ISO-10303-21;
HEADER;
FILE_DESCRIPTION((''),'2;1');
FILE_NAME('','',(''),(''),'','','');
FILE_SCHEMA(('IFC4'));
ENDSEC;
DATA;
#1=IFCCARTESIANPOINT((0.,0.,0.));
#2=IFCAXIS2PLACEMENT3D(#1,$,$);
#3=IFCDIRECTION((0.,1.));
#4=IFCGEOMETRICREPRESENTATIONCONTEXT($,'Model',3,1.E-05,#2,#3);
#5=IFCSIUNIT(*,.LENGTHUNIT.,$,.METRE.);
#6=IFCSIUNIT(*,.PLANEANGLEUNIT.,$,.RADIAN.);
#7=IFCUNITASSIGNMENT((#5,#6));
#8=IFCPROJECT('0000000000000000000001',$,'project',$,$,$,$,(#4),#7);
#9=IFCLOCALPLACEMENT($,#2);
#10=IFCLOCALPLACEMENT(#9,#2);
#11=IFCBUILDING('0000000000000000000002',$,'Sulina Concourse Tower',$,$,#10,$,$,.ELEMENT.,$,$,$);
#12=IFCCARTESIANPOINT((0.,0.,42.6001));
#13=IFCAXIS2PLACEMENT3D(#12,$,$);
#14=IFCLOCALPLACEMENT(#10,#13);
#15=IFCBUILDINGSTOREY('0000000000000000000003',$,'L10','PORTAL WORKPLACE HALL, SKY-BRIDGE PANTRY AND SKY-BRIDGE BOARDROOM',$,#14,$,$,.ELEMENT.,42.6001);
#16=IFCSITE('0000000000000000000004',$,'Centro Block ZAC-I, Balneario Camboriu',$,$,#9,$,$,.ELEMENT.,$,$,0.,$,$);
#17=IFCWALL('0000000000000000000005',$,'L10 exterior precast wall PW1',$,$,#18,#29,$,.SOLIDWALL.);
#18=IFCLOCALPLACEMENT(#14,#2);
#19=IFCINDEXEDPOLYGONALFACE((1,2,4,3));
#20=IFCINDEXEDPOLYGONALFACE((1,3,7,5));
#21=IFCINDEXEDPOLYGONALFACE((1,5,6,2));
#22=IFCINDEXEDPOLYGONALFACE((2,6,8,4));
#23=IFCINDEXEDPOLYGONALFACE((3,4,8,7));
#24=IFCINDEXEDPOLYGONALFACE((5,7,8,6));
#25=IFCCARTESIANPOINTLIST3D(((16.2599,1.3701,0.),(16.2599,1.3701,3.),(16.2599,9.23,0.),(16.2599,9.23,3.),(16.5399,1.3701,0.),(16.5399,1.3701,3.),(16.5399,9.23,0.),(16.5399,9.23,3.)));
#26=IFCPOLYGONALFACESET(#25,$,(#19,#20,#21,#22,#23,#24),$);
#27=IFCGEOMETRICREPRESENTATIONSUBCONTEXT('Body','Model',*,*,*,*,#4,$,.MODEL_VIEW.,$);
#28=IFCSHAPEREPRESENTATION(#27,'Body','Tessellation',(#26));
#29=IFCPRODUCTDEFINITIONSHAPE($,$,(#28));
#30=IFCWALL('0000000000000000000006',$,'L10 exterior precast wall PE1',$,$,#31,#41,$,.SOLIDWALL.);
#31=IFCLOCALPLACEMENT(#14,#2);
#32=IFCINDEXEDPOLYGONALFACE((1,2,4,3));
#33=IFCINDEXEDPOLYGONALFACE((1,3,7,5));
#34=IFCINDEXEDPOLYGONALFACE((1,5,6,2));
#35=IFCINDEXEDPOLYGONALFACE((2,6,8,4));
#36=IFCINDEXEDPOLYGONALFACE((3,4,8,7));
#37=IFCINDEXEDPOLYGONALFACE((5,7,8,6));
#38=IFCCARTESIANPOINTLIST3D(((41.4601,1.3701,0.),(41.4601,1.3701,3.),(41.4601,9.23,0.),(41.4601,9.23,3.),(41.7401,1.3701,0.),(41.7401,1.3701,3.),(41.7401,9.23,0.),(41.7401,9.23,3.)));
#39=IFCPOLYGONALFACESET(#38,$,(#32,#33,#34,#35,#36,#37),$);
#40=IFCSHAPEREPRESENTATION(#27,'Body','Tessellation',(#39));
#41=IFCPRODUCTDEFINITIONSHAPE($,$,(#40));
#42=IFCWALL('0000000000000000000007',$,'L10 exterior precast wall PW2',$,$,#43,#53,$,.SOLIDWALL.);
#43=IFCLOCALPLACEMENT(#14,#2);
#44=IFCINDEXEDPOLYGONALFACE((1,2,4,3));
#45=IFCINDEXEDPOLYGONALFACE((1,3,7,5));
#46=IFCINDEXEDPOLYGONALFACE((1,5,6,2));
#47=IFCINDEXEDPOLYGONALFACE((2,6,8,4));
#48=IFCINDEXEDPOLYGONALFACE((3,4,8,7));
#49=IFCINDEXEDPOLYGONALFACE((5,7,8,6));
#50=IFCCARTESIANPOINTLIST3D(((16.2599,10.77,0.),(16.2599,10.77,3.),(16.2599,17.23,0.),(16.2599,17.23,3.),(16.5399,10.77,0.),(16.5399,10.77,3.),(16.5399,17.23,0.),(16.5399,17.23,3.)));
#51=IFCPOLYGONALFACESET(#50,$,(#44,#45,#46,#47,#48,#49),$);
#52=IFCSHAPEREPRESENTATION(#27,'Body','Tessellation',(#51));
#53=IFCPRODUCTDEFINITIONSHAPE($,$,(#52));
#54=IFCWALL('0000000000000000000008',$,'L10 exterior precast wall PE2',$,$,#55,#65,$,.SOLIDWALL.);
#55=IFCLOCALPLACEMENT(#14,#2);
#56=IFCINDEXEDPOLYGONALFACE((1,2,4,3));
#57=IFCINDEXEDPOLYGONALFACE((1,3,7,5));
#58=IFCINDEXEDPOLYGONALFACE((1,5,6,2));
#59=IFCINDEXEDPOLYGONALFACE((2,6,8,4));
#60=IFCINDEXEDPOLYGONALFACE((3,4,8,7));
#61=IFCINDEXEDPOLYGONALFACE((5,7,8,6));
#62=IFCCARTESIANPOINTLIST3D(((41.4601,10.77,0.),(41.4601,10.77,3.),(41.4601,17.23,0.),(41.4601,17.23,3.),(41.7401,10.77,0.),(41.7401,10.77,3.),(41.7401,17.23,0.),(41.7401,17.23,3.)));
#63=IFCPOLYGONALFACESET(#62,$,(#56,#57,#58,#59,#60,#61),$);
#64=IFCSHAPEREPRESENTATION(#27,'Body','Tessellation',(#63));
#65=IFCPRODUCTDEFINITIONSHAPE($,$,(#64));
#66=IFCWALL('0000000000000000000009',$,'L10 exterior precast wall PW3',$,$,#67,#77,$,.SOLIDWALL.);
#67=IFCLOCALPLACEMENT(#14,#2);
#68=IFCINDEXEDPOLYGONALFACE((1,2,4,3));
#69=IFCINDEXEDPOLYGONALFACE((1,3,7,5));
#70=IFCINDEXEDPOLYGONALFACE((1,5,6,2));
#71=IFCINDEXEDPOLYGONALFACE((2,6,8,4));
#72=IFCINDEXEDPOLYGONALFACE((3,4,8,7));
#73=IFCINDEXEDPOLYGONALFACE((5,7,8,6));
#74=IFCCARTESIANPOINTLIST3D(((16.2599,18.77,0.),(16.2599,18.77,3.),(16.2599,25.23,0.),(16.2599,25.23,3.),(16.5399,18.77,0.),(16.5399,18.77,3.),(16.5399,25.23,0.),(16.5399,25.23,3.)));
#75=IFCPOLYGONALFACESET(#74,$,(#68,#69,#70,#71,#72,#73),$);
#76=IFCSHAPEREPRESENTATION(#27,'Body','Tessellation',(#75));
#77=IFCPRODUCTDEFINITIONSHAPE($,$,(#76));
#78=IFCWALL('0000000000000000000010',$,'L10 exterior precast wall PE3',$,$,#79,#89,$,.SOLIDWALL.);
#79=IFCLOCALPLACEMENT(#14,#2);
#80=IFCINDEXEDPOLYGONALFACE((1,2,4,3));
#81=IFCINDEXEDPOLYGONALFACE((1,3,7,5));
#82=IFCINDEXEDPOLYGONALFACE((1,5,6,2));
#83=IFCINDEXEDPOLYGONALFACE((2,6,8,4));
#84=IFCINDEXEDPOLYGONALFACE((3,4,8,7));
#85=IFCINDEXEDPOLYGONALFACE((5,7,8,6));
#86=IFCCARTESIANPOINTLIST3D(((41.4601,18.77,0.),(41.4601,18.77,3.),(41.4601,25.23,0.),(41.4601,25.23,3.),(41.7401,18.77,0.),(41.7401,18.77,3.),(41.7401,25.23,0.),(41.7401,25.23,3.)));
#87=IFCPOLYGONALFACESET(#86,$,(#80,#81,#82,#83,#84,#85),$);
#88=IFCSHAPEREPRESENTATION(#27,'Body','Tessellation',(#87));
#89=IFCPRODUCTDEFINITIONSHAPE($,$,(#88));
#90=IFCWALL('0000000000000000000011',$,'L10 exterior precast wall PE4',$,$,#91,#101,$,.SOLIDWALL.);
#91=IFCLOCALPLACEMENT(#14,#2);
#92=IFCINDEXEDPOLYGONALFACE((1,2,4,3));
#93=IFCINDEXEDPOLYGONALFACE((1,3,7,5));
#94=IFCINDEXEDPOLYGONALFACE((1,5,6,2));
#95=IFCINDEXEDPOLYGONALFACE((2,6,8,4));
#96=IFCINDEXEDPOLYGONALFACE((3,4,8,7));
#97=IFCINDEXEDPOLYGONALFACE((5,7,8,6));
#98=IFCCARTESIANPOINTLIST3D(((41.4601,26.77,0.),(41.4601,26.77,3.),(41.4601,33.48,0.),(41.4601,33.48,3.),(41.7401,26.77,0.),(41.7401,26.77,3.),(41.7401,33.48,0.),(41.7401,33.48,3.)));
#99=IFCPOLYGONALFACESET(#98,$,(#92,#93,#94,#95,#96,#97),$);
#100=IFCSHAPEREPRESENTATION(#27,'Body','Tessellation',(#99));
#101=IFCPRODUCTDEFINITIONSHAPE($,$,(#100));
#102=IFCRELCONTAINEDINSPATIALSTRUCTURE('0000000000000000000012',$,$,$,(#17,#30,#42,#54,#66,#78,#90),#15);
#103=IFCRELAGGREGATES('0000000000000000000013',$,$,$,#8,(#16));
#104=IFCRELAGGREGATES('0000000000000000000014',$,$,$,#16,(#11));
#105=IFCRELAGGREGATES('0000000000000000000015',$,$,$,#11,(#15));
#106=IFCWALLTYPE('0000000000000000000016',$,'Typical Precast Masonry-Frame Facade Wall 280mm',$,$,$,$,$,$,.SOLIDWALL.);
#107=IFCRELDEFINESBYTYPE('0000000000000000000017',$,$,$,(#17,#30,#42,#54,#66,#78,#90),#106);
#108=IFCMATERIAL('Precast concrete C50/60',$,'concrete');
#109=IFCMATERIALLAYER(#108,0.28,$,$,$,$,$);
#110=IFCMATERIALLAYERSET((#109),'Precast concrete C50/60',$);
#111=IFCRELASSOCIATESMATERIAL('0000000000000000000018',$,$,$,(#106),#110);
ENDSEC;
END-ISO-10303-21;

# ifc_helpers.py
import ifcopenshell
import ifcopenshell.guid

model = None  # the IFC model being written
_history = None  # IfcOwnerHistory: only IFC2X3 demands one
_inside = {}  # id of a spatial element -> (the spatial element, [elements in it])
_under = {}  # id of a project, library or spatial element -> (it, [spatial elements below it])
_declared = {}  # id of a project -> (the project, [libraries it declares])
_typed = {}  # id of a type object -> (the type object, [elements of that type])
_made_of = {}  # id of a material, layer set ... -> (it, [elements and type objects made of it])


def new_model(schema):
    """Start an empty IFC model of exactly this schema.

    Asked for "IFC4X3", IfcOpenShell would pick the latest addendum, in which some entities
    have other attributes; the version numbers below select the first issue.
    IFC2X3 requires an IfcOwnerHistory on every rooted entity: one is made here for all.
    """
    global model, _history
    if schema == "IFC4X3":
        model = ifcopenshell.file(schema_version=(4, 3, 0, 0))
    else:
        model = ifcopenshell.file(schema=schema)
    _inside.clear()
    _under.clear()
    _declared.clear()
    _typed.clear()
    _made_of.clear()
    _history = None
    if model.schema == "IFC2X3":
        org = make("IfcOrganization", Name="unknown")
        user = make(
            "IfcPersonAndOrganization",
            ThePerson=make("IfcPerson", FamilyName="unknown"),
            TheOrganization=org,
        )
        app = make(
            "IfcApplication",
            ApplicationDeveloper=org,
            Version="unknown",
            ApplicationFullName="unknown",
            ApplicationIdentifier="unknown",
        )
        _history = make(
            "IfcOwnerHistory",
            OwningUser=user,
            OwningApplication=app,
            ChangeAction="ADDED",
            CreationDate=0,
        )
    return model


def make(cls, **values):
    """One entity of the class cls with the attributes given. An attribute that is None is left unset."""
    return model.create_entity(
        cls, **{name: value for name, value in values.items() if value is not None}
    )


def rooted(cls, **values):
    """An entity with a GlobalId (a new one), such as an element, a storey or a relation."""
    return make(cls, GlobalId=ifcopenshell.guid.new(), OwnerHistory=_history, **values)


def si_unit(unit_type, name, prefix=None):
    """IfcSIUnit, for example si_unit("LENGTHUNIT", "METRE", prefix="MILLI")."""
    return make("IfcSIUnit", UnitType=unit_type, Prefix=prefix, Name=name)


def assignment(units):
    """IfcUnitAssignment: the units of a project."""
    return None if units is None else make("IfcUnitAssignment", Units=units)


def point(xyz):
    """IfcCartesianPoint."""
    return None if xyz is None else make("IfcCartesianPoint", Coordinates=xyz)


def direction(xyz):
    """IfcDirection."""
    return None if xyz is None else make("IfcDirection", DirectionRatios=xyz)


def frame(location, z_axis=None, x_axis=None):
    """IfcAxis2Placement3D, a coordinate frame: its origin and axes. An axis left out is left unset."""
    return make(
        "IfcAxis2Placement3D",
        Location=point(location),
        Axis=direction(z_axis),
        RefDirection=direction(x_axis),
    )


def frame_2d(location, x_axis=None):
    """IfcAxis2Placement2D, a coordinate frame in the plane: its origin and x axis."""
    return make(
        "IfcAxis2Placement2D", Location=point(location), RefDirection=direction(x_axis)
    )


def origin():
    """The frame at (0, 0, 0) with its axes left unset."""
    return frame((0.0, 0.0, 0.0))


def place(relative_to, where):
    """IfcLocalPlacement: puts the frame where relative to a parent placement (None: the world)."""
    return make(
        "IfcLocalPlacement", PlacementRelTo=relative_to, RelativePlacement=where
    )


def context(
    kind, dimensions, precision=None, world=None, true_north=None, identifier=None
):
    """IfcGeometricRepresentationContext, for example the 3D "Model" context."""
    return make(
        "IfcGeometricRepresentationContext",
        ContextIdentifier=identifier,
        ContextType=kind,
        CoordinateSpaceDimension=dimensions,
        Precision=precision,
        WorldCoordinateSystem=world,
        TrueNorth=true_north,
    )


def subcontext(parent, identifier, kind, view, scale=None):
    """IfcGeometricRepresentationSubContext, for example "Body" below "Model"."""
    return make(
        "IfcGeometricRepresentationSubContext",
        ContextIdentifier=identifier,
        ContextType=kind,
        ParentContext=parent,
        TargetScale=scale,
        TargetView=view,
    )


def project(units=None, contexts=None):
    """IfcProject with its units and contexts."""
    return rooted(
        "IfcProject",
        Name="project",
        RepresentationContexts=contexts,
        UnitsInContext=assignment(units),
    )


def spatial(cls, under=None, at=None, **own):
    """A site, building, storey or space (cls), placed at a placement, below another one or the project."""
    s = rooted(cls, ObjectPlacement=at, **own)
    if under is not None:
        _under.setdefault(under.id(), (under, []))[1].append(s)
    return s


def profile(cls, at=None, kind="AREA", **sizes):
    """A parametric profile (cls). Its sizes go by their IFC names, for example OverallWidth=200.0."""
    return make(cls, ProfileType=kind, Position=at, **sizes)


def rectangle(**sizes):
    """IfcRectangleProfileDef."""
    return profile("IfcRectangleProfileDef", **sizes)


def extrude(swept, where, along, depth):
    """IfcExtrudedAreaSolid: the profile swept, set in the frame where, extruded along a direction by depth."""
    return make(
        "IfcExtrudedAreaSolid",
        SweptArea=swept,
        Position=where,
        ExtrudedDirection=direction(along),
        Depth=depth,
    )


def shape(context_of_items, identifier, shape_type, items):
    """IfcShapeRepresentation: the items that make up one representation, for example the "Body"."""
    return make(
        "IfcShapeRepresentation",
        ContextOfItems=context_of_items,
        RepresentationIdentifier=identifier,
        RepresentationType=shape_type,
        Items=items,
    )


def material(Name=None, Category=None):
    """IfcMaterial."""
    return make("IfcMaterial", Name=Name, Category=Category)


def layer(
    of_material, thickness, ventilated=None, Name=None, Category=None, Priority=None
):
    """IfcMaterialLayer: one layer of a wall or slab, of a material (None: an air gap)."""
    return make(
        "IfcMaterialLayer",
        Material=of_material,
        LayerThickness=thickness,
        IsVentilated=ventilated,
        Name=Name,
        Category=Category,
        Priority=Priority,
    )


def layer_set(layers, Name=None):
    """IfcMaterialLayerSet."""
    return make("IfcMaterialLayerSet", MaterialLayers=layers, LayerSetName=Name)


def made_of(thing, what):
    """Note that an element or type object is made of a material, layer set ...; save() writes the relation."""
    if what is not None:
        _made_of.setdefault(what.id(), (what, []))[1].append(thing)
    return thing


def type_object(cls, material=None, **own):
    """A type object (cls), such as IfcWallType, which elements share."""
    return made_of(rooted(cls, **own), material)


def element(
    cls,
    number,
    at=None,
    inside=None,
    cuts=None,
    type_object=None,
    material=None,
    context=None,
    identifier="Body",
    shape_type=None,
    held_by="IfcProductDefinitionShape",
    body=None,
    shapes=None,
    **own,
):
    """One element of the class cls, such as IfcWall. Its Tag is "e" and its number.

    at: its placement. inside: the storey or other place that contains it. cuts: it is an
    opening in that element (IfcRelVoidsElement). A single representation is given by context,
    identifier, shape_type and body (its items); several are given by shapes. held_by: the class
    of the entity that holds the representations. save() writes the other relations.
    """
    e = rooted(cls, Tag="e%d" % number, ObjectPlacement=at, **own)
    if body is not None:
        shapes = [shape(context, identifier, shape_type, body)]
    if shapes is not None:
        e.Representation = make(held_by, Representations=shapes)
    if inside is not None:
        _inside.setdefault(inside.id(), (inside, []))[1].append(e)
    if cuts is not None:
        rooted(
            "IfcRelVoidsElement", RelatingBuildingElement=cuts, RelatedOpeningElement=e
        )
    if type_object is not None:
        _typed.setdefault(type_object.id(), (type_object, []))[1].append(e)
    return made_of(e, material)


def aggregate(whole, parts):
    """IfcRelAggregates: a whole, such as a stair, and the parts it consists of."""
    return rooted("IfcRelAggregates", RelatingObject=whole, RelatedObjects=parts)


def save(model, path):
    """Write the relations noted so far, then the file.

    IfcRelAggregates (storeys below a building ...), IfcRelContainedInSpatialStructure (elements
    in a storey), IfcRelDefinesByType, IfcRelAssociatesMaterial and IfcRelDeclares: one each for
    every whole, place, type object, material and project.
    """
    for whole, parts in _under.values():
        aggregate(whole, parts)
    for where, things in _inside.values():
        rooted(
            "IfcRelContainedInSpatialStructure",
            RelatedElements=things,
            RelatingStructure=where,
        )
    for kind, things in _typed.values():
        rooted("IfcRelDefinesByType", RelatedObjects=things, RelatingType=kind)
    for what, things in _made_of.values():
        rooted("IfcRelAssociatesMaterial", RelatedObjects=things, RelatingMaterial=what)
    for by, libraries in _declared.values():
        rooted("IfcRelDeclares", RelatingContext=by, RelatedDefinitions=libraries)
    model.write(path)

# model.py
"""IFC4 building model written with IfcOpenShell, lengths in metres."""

from ifc_helpers import new_model, si_unit, direction, frame, frame_2d, origin, place, context, subcontext, project, spatial, rectangle, extrude, material, layer, layer_set, type_object, element, save


model = new_model("IFC4")

# Units and contexts
model_context = context("Model", 3, precision=1e-05, world=origin(), true_north=direction((0.0, 1.0)))
body_context = subcontext(model_context, "Body", "Model", "MODEL_VIEW")
ifc_project = project(units=[si_unit("LENGTHUNIT", "METRE"), si_unit("PLANEANGLEUNIT", "RADIAN")], contexts=[model_context])

# Site, building, storey
site_placement = place(None, origin())
site = spatial("IfcSite", under=ifc_project, at=site_placement, Name="Centro Block ZAC-I, Balneario Camboriu", CompositionType="ELEMENT", RefElevation=0.0)
building_placement = place(site_placement, origin())
building = spatial("IfcBuilding", under=site, at=building_placement, Name="Sulina Concourse Tower", CompositionType="ELEMENT")
storey_placement = place(building_placement, frame((0.0, 0.0, 42.6001)))
storey = spatial("IfcBuildingStorey", under=building, at=storey_placement, Name="L10", Description="PORTAL WORKPLACE HALL, SKY-BRIDGE PANTRY AND SKY-BRIDGE BOARDROOM", CompositionType="ELEMENT", Elevation=42.6001)

# Walls
ifc_material_1 = material(Name="Precast concrete C50/60", Category="concrete")
ifc_layer_1 = layer(ifc_material_1, 0.28)
ifc_layer_set_1 = layer_set([ifc_layer_1], Name="Precast concrete C50/60")
wall_type_1 = type_object("IfcWallType", Name="Typical Precast Masonry-Frame Facade Wall 280mm", PredefinedType="SOLIDWALL", material=ifc_layer_set_1)
for number, where, z_axis, x_axis, name in (
    (1, (16.3999, 9.23, 0.0), (0.0, 0.0, 1.0), (0.0, -1.0, 0.0), "L10 exterior precast wall PW1"),
    (2, (41.6001, 1.3701, 0.0), (0.0, 0.0, 1.0), (0.0, 1.0, 0.0), "L10 exterior precast wall PE1"),
):
    element("IfcWall", number, at=place(storey_placement, frame(where, z_axis=z_axis, x_axis=x_axis)), inside=storey, type_object=wall_type_1, Name=name, PredefinedType="SOLIDWALL", context=body_context, shape_type="SweptSolid", body=[
        extrude(rectangle(XDim=7.8599, YDim=0.28, at=frame_2d((3.9299, 0.0))), origin(), (0.0, 0.0, 1.0), 3.0),
    ])
for number, where, z_axis, x_axis, name in (
    (3, (16.3999, 17.23, 0.0), (0.0, 0.0, 1.0), (0.0, -1.0, 0.0), "L10 exterior precast wall PW2"),
    (4, (41.6001, 10.77, 0.0), (0.0, 0.0, 1.0), (0.0, 1.0, 0.0), "L10 exterior precast wall PE2"),
    (5, (16.3999, 25.23, 0.0), (0.0, 0.0, 1.0), (0.0, -1.0, 0.0), "L10 exterior precast wall PW3"),
    (6, (41.6001, 18.77, 0.0), (0.0, 0.0, 1.0), (0.0, 1.0, 0.0), "L10 exterior precast wall PE3"),
):
    element("IfcWall", number, at=place(storey_placement, frame(where, z_axis=z_axis, x_axis=x_axis)), inside=storey, type_object=wall_type_1, Name=name, PredefinedType="SOLIDWALL", context=body_context, shape_type="SweptSolid", body=[
        extrude(rectangle(XDim=6.46, YDim=0.28, at=frame_2d((3.23, 0.0))), origin(), (0.0, 0.0, 1.0), 3.0),
    ])
wall_1_placement = place(storey_placement, frame((41.6001, 26.77, 0.0), z_axis=(0.0, 0.0, 1.0), x_axis=(0.0, 1.0, 0.0)))
element("IfcWall", 7, at=wall_1_placement, inside=storey, type_object=wall_type_1, Name="L10 exterior precast wall PE4", PredefinedType="SOLIDWALL", context=body_context, shape_type="SweptSolid", body=[
    extrude(rectangle(XDim=6.71, YDim=0.28, at=frame_2d((3.355, 0.0))), origin(), (0.0, 0.0, 1.0), 3.0),
])

save(model, "model.ifc")
